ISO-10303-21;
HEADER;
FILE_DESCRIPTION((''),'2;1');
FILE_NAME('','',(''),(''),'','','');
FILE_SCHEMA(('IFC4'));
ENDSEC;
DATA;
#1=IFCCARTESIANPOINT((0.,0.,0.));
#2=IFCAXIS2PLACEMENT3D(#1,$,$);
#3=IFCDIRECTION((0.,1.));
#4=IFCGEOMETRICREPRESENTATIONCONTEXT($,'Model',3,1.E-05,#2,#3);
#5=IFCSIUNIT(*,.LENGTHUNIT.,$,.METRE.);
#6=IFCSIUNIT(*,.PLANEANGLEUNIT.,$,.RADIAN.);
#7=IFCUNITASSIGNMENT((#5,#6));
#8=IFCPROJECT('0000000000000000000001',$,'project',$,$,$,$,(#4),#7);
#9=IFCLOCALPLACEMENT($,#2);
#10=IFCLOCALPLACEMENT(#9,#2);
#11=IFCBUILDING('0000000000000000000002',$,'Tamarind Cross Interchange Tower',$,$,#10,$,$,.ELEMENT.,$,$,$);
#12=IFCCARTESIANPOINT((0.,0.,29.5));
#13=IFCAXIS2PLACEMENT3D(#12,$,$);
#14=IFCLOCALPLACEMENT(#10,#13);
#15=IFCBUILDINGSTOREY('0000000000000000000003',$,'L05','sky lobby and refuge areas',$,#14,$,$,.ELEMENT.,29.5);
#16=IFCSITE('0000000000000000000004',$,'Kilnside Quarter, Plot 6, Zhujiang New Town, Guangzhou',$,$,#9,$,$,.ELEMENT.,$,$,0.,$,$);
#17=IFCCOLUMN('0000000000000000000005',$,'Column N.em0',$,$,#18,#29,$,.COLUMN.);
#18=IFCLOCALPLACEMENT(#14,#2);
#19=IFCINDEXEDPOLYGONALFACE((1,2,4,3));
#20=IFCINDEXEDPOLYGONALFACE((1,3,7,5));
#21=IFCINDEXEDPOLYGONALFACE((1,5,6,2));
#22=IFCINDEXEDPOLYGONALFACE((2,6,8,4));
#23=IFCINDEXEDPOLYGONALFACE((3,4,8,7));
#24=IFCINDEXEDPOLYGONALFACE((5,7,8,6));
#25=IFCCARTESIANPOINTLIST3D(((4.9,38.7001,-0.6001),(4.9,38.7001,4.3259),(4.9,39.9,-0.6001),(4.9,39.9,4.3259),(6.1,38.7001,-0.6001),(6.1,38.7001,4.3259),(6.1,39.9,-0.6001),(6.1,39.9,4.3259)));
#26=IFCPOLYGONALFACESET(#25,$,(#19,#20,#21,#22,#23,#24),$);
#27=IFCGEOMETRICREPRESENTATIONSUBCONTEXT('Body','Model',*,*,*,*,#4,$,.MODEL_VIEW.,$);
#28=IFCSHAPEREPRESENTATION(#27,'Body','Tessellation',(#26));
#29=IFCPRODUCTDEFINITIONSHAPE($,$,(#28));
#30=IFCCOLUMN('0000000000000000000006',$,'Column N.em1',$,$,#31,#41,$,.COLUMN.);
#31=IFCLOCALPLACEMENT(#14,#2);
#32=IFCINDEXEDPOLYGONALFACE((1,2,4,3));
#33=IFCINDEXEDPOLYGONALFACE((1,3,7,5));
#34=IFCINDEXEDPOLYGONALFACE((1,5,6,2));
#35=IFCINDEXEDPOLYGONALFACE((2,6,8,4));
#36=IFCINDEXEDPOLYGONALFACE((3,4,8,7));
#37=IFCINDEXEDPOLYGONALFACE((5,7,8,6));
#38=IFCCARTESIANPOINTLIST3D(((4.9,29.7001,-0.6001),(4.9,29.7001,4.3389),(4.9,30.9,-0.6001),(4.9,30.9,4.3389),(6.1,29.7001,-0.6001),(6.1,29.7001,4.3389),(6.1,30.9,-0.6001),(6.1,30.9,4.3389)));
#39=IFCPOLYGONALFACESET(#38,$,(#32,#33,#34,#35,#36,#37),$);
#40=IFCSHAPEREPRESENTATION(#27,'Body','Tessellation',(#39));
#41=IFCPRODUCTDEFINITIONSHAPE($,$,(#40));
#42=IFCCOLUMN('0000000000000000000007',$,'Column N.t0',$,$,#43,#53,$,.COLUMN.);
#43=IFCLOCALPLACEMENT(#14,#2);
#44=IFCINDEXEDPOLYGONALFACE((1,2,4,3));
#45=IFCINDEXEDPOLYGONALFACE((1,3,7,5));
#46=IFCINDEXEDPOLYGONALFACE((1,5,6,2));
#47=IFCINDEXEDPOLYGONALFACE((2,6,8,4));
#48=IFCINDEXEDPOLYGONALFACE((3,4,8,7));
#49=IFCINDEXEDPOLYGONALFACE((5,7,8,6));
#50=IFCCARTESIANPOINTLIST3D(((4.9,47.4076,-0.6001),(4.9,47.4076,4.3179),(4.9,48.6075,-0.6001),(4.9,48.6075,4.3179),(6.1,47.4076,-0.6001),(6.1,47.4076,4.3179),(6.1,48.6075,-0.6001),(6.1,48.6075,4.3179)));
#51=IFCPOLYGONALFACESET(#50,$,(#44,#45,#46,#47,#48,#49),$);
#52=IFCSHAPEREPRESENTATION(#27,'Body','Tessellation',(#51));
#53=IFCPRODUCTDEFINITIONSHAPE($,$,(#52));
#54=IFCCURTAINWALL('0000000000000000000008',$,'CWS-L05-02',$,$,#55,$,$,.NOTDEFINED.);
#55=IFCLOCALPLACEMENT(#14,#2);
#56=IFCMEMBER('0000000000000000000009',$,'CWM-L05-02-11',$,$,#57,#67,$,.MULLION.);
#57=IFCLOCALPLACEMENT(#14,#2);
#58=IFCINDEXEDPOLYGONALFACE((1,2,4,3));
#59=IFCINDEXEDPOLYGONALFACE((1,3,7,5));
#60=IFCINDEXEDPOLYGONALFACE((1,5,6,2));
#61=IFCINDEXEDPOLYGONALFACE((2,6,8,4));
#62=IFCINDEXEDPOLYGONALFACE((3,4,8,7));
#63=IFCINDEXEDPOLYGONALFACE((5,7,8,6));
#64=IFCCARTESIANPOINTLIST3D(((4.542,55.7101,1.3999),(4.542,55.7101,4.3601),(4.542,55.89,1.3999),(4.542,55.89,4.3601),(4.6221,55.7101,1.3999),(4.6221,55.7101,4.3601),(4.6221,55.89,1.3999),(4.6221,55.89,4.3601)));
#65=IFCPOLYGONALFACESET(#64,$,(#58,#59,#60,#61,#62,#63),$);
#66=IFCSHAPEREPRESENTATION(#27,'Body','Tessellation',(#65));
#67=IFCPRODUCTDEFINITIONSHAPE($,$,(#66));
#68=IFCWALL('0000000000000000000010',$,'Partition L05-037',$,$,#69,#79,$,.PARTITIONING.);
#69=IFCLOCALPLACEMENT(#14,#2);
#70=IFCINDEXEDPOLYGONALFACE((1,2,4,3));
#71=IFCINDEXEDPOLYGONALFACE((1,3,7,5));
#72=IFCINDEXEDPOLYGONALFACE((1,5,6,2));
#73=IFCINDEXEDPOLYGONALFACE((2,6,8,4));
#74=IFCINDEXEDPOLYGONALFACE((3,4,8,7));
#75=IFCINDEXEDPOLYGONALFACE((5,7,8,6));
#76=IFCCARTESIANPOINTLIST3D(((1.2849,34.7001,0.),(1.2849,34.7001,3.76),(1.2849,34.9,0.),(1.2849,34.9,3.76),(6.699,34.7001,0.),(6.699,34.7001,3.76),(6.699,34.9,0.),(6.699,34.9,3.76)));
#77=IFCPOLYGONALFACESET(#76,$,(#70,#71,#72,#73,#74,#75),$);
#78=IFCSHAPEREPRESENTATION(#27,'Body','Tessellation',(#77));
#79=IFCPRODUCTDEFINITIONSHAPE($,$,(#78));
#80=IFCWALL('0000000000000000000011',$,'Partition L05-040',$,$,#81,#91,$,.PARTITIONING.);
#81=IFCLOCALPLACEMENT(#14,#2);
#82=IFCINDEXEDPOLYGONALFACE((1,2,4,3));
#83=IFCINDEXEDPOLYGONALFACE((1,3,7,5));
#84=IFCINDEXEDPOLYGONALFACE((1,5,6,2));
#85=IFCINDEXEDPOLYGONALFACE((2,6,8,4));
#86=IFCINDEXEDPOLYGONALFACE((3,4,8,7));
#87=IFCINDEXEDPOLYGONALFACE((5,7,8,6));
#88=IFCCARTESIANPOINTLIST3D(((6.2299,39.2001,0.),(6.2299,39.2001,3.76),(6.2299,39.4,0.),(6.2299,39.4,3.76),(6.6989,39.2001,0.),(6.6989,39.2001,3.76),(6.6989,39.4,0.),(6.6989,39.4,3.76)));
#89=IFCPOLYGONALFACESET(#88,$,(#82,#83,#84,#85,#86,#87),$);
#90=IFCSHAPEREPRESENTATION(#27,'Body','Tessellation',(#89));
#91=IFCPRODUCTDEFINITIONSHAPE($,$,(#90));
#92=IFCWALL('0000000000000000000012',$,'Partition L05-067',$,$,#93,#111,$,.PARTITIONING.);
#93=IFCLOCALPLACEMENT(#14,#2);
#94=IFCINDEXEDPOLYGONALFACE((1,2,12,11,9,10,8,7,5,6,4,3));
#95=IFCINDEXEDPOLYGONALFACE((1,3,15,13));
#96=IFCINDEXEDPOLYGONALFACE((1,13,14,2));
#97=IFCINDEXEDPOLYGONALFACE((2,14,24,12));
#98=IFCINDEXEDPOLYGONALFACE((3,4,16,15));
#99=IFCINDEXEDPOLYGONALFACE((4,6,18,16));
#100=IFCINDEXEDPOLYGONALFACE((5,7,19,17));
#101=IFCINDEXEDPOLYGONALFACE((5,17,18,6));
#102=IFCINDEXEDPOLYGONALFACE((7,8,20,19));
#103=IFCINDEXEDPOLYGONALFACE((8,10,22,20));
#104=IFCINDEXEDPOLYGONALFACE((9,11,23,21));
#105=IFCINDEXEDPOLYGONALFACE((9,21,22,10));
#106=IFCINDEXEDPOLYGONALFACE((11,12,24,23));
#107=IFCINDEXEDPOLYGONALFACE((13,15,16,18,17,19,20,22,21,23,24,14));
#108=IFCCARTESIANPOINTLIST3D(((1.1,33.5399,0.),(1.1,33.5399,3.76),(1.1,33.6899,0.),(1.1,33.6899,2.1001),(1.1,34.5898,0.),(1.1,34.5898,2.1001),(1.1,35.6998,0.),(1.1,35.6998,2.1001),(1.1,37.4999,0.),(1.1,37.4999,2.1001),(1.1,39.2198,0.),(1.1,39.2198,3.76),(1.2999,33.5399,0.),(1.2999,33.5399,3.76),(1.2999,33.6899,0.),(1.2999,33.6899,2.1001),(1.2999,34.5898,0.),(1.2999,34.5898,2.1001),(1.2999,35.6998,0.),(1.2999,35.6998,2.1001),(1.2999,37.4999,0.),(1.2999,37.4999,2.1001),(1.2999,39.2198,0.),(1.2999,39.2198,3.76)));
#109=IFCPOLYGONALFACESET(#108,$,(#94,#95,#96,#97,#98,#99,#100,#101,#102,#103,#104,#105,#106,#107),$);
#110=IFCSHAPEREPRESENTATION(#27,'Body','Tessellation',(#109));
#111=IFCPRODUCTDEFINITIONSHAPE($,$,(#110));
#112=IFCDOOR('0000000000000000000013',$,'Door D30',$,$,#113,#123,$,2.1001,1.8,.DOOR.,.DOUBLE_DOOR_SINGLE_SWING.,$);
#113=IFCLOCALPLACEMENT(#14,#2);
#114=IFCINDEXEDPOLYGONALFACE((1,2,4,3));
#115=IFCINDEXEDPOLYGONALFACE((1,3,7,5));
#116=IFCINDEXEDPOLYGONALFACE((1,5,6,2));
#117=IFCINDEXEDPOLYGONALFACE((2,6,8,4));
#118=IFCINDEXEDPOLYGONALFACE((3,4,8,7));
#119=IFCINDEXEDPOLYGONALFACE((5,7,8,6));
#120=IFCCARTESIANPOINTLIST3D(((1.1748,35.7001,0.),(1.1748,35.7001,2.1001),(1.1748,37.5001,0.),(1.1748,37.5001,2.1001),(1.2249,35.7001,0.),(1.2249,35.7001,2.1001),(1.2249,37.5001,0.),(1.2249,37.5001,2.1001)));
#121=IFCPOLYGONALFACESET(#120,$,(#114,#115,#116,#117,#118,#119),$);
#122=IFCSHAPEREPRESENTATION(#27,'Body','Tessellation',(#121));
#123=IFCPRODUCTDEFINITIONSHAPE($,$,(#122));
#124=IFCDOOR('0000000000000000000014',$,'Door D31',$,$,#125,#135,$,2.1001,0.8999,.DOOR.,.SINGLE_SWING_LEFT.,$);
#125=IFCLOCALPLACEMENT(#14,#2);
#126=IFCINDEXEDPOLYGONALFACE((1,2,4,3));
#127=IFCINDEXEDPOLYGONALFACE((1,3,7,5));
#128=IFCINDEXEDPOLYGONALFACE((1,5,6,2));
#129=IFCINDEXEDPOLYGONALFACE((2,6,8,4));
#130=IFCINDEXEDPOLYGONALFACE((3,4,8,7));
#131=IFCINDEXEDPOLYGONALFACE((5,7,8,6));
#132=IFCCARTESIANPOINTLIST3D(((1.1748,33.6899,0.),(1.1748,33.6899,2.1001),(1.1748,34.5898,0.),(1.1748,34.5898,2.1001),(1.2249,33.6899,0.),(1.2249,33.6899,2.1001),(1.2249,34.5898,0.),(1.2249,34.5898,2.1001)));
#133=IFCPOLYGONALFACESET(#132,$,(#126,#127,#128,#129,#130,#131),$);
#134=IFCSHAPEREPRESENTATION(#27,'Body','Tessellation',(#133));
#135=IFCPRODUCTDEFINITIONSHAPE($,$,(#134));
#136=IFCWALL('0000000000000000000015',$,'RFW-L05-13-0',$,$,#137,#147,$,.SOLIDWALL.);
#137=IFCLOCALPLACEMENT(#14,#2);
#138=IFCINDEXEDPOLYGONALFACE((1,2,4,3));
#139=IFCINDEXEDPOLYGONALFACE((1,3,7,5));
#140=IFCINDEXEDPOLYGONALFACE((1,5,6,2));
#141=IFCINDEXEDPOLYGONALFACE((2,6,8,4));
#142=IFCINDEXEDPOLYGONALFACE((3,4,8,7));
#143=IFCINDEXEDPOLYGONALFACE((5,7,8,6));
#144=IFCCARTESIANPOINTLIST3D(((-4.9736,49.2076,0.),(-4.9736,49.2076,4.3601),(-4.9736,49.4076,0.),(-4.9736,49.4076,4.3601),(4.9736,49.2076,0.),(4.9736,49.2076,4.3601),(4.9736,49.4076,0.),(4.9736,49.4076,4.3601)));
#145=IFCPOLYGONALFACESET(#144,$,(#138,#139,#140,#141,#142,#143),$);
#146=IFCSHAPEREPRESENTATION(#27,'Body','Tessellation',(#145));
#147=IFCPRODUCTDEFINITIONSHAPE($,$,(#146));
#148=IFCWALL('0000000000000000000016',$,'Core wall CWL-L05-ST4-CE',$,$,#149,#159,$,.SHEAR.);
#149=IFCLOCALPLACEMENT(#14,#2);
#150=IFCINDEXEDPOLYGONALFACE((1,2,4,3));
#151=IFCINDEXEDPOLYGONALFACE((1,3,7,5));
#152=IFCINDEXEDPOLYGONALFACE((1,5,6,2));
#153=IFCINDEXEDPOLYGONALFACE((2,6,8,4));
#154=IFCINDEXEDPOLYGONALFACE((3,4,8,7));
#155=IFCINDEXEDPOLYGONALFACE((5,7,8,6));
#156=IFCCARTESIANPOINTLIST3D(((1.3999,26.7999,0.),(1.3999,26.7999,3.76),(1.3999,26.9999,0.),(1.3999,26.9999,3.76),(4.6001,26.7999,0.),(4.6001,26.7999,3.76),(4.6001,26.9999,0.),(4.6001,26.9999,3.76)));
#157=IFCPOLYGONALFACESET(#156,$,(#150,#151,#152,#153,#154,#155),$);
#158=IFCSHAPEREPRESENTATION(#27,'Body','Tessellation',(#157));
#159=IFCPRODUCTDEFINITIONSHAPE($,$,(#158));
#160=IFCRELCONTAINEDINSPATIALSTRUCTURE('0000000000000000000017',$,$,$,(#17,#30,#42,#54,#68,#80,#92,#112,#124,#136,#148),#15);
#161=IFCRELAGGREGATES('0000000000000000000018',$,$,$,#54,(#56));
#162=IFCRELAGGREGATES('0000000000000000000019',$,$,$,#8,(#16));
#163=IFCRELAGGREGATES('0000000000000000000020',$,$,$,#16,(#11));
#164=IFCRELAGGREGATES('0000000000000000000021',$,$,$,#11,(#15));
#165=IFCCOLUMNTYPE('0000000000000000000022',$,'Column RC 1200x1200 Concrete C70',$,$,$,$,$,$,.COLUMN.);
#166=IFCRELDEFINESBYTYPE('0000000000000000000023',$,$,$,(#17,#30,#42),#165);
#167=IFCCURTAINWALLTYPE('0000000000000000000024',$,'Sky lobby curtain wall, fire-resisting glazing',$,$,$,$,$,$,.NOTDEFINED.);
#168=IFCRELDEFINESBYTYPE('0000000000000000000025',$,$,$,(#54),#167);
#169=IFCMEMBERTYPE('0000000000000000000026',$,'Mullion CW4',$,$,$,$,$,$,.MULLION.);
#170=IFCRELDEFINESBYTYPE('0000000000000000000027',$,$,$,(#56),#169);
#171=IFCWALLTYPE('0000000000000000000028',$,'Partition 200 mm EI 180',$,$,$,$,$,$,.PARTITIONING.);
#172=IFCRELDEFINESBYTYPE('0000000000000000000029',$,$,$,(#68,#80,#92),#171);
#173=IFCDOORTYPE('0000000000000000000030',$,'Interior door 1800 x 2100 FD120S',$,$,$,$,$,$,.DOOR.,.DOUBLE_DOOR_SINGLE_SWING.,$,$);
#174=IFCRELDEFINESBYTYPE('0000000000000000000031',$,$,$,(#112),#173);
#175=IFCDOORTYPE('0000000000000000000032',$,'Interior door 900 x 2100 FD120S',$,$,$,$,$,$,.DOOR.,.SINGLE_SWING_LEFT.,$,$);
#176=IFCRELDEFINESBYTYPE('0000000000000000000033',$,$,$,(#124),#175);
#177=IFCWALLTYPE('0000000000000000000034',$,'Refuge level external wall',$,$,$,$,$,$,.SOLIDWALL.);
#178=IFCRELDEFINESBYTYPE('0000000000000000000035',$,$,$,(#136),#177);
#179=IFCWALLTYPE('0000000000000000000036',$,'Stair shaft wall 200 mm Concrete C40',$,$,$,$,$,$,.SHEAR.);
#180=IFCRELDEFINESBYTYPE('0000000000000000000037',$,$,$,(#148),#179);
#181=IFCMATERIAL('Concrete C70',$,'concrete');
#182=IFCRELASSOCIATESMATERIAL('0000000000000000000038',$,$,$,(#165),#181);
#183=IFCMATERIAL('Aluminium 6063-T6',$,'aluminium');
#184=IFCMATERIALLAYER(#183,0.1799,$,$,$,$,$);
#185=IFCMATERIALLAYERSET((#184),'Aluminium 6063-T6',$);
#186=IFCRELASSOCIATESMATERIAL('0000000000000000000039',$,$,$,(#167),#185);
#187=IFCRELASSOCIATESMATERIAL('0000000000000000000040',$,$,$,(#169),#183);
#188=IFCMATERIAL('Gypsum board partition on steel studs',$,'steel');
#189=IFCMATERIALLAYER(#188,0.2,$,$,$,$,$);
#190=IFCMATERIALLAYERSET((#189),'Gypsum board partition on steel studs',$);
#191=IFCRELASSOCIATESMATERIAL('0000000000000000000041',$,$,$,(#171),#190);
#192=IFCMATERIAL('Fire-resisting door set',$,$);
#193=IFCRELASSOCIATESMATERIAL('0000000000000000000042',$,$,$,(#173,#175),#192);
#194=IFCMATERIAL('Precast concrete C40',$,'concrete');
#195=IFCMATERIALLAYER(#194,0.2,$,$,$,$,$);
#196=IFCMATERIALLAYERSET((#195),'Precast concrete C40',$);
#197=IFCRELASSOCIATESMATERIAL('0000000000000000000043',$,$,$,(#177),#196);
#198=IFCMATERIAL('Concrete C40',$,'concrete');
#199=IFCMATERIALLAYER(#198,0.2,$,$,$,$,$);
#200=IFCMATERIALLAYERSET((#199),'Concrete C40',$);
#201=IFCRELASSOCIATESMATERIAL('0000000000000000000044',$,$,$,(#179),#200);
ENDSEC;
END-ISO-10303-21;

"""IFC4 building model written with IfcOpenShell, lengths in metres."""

from ifc_helpers import new_model, si_unit, direction, frame, frame_2d, origin, origin_2d, place, context, subcontext, project, spatial, rectangle, extrude, material, layer, layer_set, material_profile, profile_set, type_object, element, fill, aggregate, save


model = new_model("IFC4")

# Units and contexts
model_context = context("Model", 3, precision=1e-05, world=origin(), true_north=direction((0.0, 1.0)))
body_context = subcontext(model_context, "Body", "Model", "MODEL_VIEW")
ifc_project = project(units=[si_unit("LENGTHUNIT", "METRE"), si_unit("PLANEANGLEUNIT", "RADIAN")], contexts=[model_context])

# Site, building, storey
site_placement = place(None, origin())
site = spatial("IfcSite", under=ifc_project, at=site_placement, Name="Kilnside Quarter, Plot 6, Zhujiang New Town, Guangzhou", CompositionType="ELEMENT", RefElevation=0.0)
building_placement = place(site_placement, origin())
building = spatial("IfcBuilding", under=site, at=building_placement, Name="Tamarind Cross Interchange Tower", CompositionType="ELEMENT")
storey_placement = place(building_placement, frame((0.0, 0.0, 29.5)))
storey = spatial("IfcBuildingStorey", under=building, at=storey_placement, Name="L05", Description="sky lobby and refuge areas", CompositionType="ELEMENT", Elevation=29.5)

# Columns
ifc_material_1 = material(Name="Concrete C70", Category="concrete")
ifc_material_profile_1 = material_profile(ifc_material_1, rectangle(XDim=1.2, YDim=1.2, at=origin_2d()), Name="RC 1200x1200")
ifc_profile_set_1 = profile_set([ifc_material_profile_1], Name="Concrete C70")
column_type = type_object("IfcColumnType", Name="Column RC 1200x1200 Concrete C70", PredefinedType="COLUMN", material=ifc_profile_set_1)
column_1_placement = place(storey_placement, frame((5.5, 39.3, -0.6001), z_axis=(0.0, 0.0, 1.0), x_axis=(1.0, 0.0, 0.0)))
element("IfcColumn", 1, at=column_1_placement, inside=storey, type_object=column_type, Name="Column N.em0", PredefinedType="COLUMN", context=body_context, shape_type="SweptSolid", body=[
    extrude(rectangle(XDim=1.2, YDim=1.2, at=origin_2d()), origin(), (0.0, 0.0, 1.0), 4.926),
])
column_2_placement = place(storey_placement, frame((5.5, 30.3, -0.6001), z_axis=(0.0, 0.0, 1.0), x_axis=(1.0, 0.0, 0.0)))
element("IfcColumn", 2, at=column_2_placement, inside=storey, type_object=column_type, Name="Column N.em1", PredefinedType="COLUMN", context=body_context, shape_type="SweptSolid", body=[
    extrude(rectangle(XDim=1.2, YDim=1.2, at=origin_2d()), origin(), (0.0, 0.0, 1.0), 4.939),
])
column_3_placement = place(storey_placement, frame((5.5, 48.0076, -0.6001), z_axis=(0.0, 0.0, 1.0), x_axis=(1.0, 0.0, 0.0)))
element("IfcColumn", 3, at=column_3_placement, inside=storey, type_object=column_type, Name="Column N.t0", PredefinedType="COLUMN", context=body_context, shape_type="SweptSolid", body=[
    extrude(rectangle(XDim=1.2, YDim=1.2, at=origin_2d()), origin(), (0.0, 0.0, 1.0), 4.918),
])

# Curtain wall, member
ifc_material_2 = material(Name="Aluminium 6063-T6", Category="aluminium")
ifc_layer_1 = layer(ifc_material_2, 0.1799)
ifc_layer_set_1 = layer_set([ifc_layer_1], Name="Aluminium 6063-T6")
curtain_wall_type = type_object("IfcCurtainWallType", Name="Sky lobby curtain wall, fire-resisting glazing", PredefinedType="NOTDEFINED", material=ifc_layer_set_1)
curtain_wall_placement = place(storey_placement, origin())
curtain_wall = element("IfcCurtainWall", 4, at=curtain_wall_placement, inside=storey, type_object=curtain_wall_type, Name="CWS-L05-02", PredefinedType="NOTDEFINED")
ifc_material_profile_2 = material_profile(ifc_material_2, rectangle(XDim=0.0801, YDim=0.1799, at=origin_2d()), Name="Mullion CW4")
ifc_profile_set_2 = profile_set([ifc_material_profile_2], Name="Aluminium 6063-T6")
member_type = type_object("IfcMemberType", Name="Mullion CW4", PredefinedType="MULLION", material=ifc_profile_set_2)
member_placement = place(storey_placement, frame((4.582, 55.8, 1.3999), z_axis=(0.0, 0.0, 1.0), x_axis=(-1.0, 0.0, 0.0)))
member = element("IfcMember", 5, at=member_placement, type_object=member_type, Name="CWM-L05-02-11", PredefinedType="MULLION", context=body_context, shape_type="SweptSolid", body=[
    extrude(rectangle(XDim=0.0801, YDim=0.1799, at=origin_2d()), origin(), (0.0, 0.0, 1.0), 2.9602),
])
aggregate(curtain_wall, [member])

# Walls
ifc_material_3 = material(Name="Gypsum board partition on steel studs", Category="steel")
ifc_layer_2 = layer(ifc_material_3, 0.2)
ifc_layer_set_2 = layer_set([ifc_layer_2], Name="Gypsum board partition on steel studs")
wall_type_1 = type_object("IfcWallType", Name="Partition 200 mm EI 180", PredefinedType="PARTITIONING", material=ifc_layer_set_2)
wall_1_placement = place(storey_placement, frame((1.2849, 34.8, 0.0), z_axis=(0.0, 0.0, 1.0), x_axis=(1.0, 0.0, 0.0)))
element("IfcWall", 6, at=wall_1_placement, inside=storey, type_object=wall_type_1, Name="Partition L05-037", PredefinedType="PARTITIONING", context=body_context, shape_type="SweptSolid", body=[
    extrude(rectangle(XDim=5.4141, YDim=0.2, at=frame_2d((2.707, 0.0))), origin(), (0.0, 0.0, 1.0), 3.76),
])
wall_2_placement = place(storey_placement, frame((6.23, 39.3, 0.0), z_axis=(0.0, 0.0, 1.0), x_axis=(1.0, 0.0, 0.0)))
element("IfcWall", 7, at=wall_2_placement, inside=storey, type_object=wall_type_1, Name="Partition L05-040", PredefinedType="PARTITIONING", context=body_context, shape_type="SweptSolid", body=[
    extrude(rectangle(XDim=0.469, YDim=0.2, at=frame_2d((0.2344, 0.0))), origin(), (0.0, 0.0, 1.0), 3.76),
])

# Wall, openings, doors
wall_3_placement = place(storey_placement, frame((1.2, 33.54, 0.0), z_axis=(0.0, 0.0, 1.0), x_axis=(0.0, 1.0, 0.0)))
wall_3 = element("IfcWall", 8, at=wall_3_placement, inside=storey, type_object=wall_type_1, Name="Partition L05-067", PredefinedType="PARTITIONING", context=body_context, shape_type="SweptSolid", body=[
    extrude(rectangle(XDim=5.6799, YDim=0.2, at=frame_2d((2.8398, 0.0))), origin(), (0.0, 0.0, 1.0), 3.76),
])
opening_1_placement = place(wall_3_placement, frame((2.1599, 0.0, 0.0)))
opening_1 = element("IfcOpeningElement", 9, at=opening_1_placement, cuts=wall_3, PredefinedType="OPENING", context=body_context, shape_type="SweptSolid", body=[
    extrude(rectangle(XDim=1.8, YDim=2.1001, at=frame_2d((0.8999, 1.05))), frame((0.0, 0.1099, 0.0), z_axis=(0.0, -1.0, 0.0), x_axis=(1.0, 0.0, 0.0)), (0.0, 0.0, 1.0), 0.22),
])
opening_2_placement = place(wall_3_placement, frame((0.1499, 0.0, 0.0)))
opening_2 = element("IfcOpeningElement", 10, at=opening_2_placement, cuts=wall_3, PredefinedType="OPENING", context=body_context, shape_type="SweptSolid", body=[
    extrude(rectangle(XDim=0.8999, YDim=2.1001, at=frame_2d((0.45, 1.05))), frame((0.0, 0.1099, 0.0), z_axis=(0.0, -1.0, 0.0), x_axis=(1.0, 0.0, 0.0)), (0.0, 0.0, 1.0), 0.22),
])
ifc_material_4 = material(Name="Fire-resisting door set")
door_type_1 = type_object("IfcDoorType", Name="Interior door 1800 x 2100 FD120S", OperationType="DOUBLE_DOOR_SINGLE_SWING", PredefinedType="DOOR", material=ifc_material_4)
door_1_placement = place(opening_1_placement, frame((1.8, 0.0, 0.0), z_axis=(0.0, 0.0, 1.0), x_axis=(-1.0, 0.0, 0.0)))
door_1 = element("IfcDoor", 11, at=door_1_placement, inside=storey, type_object=door_type_1, Name="Door D30", OperationType="DOUBLE_DOOR_SINGLE_SWING", OverallHeight=2.1001, OverallWidth=1.8, PredefinedType="DOOR", context=body_context, shape_type="SweptSolid", body=[
    extrude(rectangle(XDim=1.8, YDim=2.1001, at=frame_2d((0.8999, 1.05))), frame((0.0, 0.0249, 0.0), z_axis=(0.0, -1.0, 0.0), x_axis=(1.0, 0.0, 0.0)), (0.0, 0.0, 1.0), 0.05),
])
fill(opening_1, door_1)
door_type_2 = type_object("IfcDoorType", Name="Interior door 900 x 2100 FD120S", OperationType="SINGLE_SWING_LEFT", PredefinedType="DOOR", material=ifc_material_4)
door_2_placement = place(opening_2_placement, frame((0.8999, 0.0, 0.0), z_axis=(0.0, 0.0, 1.0), x_axis=(-1.0, 0.0, 0.0)))
door_2 = element("IfcDoor", 12, at=door_2_placement, inside=storey, type_object=door_type_2, Name="Door D31", OperationType="SINGLE_SWING_LEFT", OverallHeight=2.1001, OverallWidth=0.8999, PredefinedType="DOOR", context=body_context, shape_type="SweptSolid", body=[
    extrude(rectangle(XDim=0.8999, YDim=2.1001, at=frame_2d((0.45, 1.05))), frame((0.0, 0.0249, 0.0), z_axis=(0.0, -1.0, 0.0), x_axis=(1.0, 0.0, 0.0)), (0.0, 0.0, 1.0), 0.05),
])
fill(opening_2, door_2)

# Walls
ifc_material_5 = material(Name="Precast concrete C40", Category="concrete")
ifc_layer_3 = layer(ifc_material_5, 0.2)
ifc_layer_set_3 = layer_set([ifc_layer_3], Name="Precast concrete C40")
wall_type_2 = type_object("IfcWallType", Name="Refuge level external wall", PredefinedType="SOLIDWALL", material=ifc_layer_set_3)
wall_4_placement = place(storey_placement, frame((4.9736, 49.3076, 0.0), z_axis=(0.0, 0.0, 1.0), x_axis=(-1.0, 0.0, 0.0)))
element("IfcWall", 13, at=wall_4_placement, inside=storey, type_object=wall_type_2, Name="RFW-L05-13-0", PredefinedType="SOLIDWALL", context=body_context, shape_type="SweptSolid", body=[
    extrude(rectangle(XDim=9.9473, YDim=0.2, at=frame_2d((4.9736, 0.0))), origin(), (0.0, 0.0, 1.0), 4.3601),
])
ifc_material_6 = material(Name="Concrete C40", Category="concrete")
ifc_layer_4 = layer(ifc_material_6, 0.2)
ifc_layer_set_4 = layer_set([ifc_layer_4], Name="Concrete C40")
wall_type_3 = type_object("IfcWallType", Name="Stair shaft wall 200 mm Concrete C40", PredefinedType="SHEAR", material=ifc_layer_set_4)
wall_5_placement = place(storey_placement, frame((4.6001, 26.8999, 0.0), z_axis=(0.0, 0.0, 1.0), x_axis=(-1.0, 0.0, 0.0)))
element("IfcWall", 14, at=wall_5_placement, inside=storey, type_object=wall_type_3, Name="Core wall CWL-L05-ST4-CE", PredefinedType="SHEAR", context=body_context, shape_type="SweptSolid", body=[
    extrude(rectangle(XDim=3.2002, YDim=0.2, at=frame_2d((1.6001, 0.0))), origin(), (0.0, 0.0, 1.0), 3.76),
])

save(model, "model.ifc")
